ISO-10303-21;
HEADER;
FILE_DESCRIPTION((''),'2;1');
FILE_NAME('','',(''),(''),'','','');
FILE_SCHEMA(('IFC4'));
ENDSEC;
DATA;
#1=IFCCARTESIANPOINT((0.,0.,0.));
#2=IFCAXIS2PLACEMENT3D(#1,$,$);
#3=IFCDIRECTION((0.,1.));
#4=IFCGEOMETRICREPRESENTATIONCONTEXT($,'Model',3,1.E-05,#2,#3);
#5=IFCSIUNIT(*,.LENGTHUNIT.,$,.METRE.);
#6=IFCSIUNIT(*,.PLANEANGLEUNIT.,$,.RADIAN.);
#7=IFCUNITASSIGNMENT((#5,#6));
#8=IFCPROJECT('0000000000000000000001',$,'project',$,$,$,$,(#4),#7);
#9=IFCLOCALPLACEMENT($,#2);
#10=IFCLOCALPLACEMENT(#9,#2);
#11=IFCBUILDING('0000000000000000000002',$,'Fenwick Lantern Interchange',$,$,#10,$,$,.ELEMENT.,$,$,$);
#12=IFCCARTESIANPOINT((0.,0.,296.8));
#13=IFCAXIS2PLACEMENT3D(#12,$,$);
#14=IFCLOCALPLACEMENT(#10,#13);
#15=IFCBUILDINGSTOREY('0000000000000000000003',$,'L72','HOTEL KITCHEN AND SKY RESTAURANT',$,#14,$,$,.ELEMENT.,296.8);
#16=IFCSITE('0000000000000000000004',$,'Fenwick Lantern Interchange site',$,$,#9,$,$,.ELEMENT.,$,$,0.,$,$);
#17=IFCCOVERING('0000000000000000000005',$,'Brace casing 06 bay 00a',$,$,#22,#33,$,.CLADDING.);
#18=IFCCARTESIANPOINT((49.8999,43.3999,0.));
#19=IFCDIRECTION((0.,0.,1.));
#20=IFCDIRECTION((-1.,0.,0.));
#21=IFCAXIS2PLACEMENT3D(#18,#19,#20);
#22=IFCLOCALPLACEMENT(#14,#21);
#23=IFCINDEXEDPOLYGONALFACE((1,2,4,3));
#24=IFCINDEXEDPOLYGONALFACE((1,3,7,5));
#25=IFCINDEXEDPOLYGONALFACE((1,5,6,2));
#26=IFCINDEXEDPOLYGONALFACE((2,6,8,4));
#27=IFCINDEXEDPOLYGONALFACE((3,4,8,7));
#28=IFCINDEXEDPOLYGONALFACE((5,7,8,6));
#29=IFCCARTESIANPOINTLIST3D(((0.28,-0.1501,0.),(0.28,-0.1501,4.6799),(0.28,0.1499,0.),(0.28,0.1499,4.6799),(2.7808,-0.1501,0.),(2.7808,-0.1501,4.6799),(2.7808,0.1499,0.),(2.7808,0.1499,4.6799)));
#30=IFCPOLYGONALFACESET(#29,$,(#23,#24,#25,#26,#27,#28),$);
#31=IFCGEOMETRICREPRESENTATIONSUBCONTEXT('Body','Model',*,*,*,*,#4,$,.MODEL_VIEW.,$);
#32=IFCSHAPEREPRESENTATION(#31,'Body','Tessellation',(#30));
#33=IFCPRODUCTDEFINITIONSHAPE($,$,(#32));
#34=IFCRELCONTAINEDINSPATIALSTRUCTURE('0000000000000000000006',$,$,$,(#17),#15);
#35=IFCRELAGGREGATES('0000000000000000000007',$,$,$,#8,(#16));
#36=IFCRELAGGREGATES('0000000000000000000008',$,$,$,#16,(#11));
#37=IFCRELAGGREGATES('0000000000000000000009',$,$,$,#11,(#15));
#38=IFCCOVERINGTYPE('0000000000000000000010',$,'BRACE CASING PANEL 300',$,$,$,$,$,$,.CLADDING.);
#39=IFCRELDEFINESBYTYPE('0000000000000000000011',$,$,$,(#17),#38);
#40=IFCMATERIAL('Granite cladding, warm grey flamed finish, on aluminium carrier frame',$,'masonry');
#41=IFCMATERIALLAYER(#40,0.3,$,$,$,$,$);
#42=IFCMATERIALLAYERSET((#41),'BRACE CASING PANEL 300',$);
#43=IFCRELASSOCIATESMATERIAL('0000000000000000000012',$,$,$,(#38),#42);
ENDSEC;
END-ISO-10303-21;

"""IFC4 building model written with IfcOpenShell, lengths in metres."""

from ifc_helpers import new_model, si_unit, direction, frame, origin, place, context, subcontext, project, spatial, polyline, outline, extrude, material, layer, layer_set, type_object, element, save


model = new_model("IFC4")

# Units and contexts
model_context = context("Model", 3, precision=1e-05, world=origin(), true_north=direction((0.0, 1.0)))
body_context = subcontext(model_context, "Body", "Model", "MODEL_VIEW")
ifc_project = project(units=[si_unit("LENGTHUNIT", "METRE"), si_unit("PLANEANGLEUNIT", "RADIAN")], contexts=[model_context])

# Site, building, storey
site_placement = place(None, origin())
site = spatial("IfcSite", under=ifc_project, at=site_placement, Name="Fenwick Lantern Interchange site", CompositionType="ELEMENT", RefElevation=0.0)
building_placement = place(site_placement, origin())
building = spatial("IfcBuilding", under=site, at=building_placement, Name="Fenwick Lantern Interchange", CompositionType="ELEMENT")
storey_placement = place(building_placement, frame((0.0, 0.0, 296.8)))
storey = spatial("IfcBuildingStorey", under=building, at=storey_placement, Name="L72", Description="HOTEL KITCHEN AND SKY RESTAURANT", CompositionType="ELEMENT", Elevation=296.8)

# Covering
ifc_material_1 = material(Name="Granite cladding, warm grey flamed finish, on aluminium carrier frame", Category="masonry")
ifc_layer_1 = layer(ifc_material_1, 0.3)
ifc_layer_set_1 = layer_set([ifc_layer_1], Name="BRACE CASING PANEL 300")
covering_type = type_object("IfcCoveringType", Name="BRACE CASING PANEL 300", PredefinedType="CLADDING", material=ifc_layer_set_1)
covering_placement = place(storey_placement, frame((49.8999, 43.3999, 0.0), z_axis=(0.0, 0.0, 1.0), x_axis=(-1.0, 0.0, 0.0)))
element("IfcCovering", 1, at=covering_placement, inside=storey, type_object=covering_type, Name="Brace casing 06 bay 00a", PredefinedType="CLADDING", context=body_context, shape_type="SweptSolid", body=[
    extrude(outline(polyline([(0.28, 0.0), (2.7808, 0.0), (2.7808, 4.6799), (0.28, 4.6799), (0.28, 0.0)])), frame((0.0, 0.1499, 0.0), z_axis=(0.0, -1.0, 0.0), x_axis=(1.0, 0.0, 0.0)), (0.0, 0.0, 1.0), 0.3),
])

save(model, "model.ifc")
